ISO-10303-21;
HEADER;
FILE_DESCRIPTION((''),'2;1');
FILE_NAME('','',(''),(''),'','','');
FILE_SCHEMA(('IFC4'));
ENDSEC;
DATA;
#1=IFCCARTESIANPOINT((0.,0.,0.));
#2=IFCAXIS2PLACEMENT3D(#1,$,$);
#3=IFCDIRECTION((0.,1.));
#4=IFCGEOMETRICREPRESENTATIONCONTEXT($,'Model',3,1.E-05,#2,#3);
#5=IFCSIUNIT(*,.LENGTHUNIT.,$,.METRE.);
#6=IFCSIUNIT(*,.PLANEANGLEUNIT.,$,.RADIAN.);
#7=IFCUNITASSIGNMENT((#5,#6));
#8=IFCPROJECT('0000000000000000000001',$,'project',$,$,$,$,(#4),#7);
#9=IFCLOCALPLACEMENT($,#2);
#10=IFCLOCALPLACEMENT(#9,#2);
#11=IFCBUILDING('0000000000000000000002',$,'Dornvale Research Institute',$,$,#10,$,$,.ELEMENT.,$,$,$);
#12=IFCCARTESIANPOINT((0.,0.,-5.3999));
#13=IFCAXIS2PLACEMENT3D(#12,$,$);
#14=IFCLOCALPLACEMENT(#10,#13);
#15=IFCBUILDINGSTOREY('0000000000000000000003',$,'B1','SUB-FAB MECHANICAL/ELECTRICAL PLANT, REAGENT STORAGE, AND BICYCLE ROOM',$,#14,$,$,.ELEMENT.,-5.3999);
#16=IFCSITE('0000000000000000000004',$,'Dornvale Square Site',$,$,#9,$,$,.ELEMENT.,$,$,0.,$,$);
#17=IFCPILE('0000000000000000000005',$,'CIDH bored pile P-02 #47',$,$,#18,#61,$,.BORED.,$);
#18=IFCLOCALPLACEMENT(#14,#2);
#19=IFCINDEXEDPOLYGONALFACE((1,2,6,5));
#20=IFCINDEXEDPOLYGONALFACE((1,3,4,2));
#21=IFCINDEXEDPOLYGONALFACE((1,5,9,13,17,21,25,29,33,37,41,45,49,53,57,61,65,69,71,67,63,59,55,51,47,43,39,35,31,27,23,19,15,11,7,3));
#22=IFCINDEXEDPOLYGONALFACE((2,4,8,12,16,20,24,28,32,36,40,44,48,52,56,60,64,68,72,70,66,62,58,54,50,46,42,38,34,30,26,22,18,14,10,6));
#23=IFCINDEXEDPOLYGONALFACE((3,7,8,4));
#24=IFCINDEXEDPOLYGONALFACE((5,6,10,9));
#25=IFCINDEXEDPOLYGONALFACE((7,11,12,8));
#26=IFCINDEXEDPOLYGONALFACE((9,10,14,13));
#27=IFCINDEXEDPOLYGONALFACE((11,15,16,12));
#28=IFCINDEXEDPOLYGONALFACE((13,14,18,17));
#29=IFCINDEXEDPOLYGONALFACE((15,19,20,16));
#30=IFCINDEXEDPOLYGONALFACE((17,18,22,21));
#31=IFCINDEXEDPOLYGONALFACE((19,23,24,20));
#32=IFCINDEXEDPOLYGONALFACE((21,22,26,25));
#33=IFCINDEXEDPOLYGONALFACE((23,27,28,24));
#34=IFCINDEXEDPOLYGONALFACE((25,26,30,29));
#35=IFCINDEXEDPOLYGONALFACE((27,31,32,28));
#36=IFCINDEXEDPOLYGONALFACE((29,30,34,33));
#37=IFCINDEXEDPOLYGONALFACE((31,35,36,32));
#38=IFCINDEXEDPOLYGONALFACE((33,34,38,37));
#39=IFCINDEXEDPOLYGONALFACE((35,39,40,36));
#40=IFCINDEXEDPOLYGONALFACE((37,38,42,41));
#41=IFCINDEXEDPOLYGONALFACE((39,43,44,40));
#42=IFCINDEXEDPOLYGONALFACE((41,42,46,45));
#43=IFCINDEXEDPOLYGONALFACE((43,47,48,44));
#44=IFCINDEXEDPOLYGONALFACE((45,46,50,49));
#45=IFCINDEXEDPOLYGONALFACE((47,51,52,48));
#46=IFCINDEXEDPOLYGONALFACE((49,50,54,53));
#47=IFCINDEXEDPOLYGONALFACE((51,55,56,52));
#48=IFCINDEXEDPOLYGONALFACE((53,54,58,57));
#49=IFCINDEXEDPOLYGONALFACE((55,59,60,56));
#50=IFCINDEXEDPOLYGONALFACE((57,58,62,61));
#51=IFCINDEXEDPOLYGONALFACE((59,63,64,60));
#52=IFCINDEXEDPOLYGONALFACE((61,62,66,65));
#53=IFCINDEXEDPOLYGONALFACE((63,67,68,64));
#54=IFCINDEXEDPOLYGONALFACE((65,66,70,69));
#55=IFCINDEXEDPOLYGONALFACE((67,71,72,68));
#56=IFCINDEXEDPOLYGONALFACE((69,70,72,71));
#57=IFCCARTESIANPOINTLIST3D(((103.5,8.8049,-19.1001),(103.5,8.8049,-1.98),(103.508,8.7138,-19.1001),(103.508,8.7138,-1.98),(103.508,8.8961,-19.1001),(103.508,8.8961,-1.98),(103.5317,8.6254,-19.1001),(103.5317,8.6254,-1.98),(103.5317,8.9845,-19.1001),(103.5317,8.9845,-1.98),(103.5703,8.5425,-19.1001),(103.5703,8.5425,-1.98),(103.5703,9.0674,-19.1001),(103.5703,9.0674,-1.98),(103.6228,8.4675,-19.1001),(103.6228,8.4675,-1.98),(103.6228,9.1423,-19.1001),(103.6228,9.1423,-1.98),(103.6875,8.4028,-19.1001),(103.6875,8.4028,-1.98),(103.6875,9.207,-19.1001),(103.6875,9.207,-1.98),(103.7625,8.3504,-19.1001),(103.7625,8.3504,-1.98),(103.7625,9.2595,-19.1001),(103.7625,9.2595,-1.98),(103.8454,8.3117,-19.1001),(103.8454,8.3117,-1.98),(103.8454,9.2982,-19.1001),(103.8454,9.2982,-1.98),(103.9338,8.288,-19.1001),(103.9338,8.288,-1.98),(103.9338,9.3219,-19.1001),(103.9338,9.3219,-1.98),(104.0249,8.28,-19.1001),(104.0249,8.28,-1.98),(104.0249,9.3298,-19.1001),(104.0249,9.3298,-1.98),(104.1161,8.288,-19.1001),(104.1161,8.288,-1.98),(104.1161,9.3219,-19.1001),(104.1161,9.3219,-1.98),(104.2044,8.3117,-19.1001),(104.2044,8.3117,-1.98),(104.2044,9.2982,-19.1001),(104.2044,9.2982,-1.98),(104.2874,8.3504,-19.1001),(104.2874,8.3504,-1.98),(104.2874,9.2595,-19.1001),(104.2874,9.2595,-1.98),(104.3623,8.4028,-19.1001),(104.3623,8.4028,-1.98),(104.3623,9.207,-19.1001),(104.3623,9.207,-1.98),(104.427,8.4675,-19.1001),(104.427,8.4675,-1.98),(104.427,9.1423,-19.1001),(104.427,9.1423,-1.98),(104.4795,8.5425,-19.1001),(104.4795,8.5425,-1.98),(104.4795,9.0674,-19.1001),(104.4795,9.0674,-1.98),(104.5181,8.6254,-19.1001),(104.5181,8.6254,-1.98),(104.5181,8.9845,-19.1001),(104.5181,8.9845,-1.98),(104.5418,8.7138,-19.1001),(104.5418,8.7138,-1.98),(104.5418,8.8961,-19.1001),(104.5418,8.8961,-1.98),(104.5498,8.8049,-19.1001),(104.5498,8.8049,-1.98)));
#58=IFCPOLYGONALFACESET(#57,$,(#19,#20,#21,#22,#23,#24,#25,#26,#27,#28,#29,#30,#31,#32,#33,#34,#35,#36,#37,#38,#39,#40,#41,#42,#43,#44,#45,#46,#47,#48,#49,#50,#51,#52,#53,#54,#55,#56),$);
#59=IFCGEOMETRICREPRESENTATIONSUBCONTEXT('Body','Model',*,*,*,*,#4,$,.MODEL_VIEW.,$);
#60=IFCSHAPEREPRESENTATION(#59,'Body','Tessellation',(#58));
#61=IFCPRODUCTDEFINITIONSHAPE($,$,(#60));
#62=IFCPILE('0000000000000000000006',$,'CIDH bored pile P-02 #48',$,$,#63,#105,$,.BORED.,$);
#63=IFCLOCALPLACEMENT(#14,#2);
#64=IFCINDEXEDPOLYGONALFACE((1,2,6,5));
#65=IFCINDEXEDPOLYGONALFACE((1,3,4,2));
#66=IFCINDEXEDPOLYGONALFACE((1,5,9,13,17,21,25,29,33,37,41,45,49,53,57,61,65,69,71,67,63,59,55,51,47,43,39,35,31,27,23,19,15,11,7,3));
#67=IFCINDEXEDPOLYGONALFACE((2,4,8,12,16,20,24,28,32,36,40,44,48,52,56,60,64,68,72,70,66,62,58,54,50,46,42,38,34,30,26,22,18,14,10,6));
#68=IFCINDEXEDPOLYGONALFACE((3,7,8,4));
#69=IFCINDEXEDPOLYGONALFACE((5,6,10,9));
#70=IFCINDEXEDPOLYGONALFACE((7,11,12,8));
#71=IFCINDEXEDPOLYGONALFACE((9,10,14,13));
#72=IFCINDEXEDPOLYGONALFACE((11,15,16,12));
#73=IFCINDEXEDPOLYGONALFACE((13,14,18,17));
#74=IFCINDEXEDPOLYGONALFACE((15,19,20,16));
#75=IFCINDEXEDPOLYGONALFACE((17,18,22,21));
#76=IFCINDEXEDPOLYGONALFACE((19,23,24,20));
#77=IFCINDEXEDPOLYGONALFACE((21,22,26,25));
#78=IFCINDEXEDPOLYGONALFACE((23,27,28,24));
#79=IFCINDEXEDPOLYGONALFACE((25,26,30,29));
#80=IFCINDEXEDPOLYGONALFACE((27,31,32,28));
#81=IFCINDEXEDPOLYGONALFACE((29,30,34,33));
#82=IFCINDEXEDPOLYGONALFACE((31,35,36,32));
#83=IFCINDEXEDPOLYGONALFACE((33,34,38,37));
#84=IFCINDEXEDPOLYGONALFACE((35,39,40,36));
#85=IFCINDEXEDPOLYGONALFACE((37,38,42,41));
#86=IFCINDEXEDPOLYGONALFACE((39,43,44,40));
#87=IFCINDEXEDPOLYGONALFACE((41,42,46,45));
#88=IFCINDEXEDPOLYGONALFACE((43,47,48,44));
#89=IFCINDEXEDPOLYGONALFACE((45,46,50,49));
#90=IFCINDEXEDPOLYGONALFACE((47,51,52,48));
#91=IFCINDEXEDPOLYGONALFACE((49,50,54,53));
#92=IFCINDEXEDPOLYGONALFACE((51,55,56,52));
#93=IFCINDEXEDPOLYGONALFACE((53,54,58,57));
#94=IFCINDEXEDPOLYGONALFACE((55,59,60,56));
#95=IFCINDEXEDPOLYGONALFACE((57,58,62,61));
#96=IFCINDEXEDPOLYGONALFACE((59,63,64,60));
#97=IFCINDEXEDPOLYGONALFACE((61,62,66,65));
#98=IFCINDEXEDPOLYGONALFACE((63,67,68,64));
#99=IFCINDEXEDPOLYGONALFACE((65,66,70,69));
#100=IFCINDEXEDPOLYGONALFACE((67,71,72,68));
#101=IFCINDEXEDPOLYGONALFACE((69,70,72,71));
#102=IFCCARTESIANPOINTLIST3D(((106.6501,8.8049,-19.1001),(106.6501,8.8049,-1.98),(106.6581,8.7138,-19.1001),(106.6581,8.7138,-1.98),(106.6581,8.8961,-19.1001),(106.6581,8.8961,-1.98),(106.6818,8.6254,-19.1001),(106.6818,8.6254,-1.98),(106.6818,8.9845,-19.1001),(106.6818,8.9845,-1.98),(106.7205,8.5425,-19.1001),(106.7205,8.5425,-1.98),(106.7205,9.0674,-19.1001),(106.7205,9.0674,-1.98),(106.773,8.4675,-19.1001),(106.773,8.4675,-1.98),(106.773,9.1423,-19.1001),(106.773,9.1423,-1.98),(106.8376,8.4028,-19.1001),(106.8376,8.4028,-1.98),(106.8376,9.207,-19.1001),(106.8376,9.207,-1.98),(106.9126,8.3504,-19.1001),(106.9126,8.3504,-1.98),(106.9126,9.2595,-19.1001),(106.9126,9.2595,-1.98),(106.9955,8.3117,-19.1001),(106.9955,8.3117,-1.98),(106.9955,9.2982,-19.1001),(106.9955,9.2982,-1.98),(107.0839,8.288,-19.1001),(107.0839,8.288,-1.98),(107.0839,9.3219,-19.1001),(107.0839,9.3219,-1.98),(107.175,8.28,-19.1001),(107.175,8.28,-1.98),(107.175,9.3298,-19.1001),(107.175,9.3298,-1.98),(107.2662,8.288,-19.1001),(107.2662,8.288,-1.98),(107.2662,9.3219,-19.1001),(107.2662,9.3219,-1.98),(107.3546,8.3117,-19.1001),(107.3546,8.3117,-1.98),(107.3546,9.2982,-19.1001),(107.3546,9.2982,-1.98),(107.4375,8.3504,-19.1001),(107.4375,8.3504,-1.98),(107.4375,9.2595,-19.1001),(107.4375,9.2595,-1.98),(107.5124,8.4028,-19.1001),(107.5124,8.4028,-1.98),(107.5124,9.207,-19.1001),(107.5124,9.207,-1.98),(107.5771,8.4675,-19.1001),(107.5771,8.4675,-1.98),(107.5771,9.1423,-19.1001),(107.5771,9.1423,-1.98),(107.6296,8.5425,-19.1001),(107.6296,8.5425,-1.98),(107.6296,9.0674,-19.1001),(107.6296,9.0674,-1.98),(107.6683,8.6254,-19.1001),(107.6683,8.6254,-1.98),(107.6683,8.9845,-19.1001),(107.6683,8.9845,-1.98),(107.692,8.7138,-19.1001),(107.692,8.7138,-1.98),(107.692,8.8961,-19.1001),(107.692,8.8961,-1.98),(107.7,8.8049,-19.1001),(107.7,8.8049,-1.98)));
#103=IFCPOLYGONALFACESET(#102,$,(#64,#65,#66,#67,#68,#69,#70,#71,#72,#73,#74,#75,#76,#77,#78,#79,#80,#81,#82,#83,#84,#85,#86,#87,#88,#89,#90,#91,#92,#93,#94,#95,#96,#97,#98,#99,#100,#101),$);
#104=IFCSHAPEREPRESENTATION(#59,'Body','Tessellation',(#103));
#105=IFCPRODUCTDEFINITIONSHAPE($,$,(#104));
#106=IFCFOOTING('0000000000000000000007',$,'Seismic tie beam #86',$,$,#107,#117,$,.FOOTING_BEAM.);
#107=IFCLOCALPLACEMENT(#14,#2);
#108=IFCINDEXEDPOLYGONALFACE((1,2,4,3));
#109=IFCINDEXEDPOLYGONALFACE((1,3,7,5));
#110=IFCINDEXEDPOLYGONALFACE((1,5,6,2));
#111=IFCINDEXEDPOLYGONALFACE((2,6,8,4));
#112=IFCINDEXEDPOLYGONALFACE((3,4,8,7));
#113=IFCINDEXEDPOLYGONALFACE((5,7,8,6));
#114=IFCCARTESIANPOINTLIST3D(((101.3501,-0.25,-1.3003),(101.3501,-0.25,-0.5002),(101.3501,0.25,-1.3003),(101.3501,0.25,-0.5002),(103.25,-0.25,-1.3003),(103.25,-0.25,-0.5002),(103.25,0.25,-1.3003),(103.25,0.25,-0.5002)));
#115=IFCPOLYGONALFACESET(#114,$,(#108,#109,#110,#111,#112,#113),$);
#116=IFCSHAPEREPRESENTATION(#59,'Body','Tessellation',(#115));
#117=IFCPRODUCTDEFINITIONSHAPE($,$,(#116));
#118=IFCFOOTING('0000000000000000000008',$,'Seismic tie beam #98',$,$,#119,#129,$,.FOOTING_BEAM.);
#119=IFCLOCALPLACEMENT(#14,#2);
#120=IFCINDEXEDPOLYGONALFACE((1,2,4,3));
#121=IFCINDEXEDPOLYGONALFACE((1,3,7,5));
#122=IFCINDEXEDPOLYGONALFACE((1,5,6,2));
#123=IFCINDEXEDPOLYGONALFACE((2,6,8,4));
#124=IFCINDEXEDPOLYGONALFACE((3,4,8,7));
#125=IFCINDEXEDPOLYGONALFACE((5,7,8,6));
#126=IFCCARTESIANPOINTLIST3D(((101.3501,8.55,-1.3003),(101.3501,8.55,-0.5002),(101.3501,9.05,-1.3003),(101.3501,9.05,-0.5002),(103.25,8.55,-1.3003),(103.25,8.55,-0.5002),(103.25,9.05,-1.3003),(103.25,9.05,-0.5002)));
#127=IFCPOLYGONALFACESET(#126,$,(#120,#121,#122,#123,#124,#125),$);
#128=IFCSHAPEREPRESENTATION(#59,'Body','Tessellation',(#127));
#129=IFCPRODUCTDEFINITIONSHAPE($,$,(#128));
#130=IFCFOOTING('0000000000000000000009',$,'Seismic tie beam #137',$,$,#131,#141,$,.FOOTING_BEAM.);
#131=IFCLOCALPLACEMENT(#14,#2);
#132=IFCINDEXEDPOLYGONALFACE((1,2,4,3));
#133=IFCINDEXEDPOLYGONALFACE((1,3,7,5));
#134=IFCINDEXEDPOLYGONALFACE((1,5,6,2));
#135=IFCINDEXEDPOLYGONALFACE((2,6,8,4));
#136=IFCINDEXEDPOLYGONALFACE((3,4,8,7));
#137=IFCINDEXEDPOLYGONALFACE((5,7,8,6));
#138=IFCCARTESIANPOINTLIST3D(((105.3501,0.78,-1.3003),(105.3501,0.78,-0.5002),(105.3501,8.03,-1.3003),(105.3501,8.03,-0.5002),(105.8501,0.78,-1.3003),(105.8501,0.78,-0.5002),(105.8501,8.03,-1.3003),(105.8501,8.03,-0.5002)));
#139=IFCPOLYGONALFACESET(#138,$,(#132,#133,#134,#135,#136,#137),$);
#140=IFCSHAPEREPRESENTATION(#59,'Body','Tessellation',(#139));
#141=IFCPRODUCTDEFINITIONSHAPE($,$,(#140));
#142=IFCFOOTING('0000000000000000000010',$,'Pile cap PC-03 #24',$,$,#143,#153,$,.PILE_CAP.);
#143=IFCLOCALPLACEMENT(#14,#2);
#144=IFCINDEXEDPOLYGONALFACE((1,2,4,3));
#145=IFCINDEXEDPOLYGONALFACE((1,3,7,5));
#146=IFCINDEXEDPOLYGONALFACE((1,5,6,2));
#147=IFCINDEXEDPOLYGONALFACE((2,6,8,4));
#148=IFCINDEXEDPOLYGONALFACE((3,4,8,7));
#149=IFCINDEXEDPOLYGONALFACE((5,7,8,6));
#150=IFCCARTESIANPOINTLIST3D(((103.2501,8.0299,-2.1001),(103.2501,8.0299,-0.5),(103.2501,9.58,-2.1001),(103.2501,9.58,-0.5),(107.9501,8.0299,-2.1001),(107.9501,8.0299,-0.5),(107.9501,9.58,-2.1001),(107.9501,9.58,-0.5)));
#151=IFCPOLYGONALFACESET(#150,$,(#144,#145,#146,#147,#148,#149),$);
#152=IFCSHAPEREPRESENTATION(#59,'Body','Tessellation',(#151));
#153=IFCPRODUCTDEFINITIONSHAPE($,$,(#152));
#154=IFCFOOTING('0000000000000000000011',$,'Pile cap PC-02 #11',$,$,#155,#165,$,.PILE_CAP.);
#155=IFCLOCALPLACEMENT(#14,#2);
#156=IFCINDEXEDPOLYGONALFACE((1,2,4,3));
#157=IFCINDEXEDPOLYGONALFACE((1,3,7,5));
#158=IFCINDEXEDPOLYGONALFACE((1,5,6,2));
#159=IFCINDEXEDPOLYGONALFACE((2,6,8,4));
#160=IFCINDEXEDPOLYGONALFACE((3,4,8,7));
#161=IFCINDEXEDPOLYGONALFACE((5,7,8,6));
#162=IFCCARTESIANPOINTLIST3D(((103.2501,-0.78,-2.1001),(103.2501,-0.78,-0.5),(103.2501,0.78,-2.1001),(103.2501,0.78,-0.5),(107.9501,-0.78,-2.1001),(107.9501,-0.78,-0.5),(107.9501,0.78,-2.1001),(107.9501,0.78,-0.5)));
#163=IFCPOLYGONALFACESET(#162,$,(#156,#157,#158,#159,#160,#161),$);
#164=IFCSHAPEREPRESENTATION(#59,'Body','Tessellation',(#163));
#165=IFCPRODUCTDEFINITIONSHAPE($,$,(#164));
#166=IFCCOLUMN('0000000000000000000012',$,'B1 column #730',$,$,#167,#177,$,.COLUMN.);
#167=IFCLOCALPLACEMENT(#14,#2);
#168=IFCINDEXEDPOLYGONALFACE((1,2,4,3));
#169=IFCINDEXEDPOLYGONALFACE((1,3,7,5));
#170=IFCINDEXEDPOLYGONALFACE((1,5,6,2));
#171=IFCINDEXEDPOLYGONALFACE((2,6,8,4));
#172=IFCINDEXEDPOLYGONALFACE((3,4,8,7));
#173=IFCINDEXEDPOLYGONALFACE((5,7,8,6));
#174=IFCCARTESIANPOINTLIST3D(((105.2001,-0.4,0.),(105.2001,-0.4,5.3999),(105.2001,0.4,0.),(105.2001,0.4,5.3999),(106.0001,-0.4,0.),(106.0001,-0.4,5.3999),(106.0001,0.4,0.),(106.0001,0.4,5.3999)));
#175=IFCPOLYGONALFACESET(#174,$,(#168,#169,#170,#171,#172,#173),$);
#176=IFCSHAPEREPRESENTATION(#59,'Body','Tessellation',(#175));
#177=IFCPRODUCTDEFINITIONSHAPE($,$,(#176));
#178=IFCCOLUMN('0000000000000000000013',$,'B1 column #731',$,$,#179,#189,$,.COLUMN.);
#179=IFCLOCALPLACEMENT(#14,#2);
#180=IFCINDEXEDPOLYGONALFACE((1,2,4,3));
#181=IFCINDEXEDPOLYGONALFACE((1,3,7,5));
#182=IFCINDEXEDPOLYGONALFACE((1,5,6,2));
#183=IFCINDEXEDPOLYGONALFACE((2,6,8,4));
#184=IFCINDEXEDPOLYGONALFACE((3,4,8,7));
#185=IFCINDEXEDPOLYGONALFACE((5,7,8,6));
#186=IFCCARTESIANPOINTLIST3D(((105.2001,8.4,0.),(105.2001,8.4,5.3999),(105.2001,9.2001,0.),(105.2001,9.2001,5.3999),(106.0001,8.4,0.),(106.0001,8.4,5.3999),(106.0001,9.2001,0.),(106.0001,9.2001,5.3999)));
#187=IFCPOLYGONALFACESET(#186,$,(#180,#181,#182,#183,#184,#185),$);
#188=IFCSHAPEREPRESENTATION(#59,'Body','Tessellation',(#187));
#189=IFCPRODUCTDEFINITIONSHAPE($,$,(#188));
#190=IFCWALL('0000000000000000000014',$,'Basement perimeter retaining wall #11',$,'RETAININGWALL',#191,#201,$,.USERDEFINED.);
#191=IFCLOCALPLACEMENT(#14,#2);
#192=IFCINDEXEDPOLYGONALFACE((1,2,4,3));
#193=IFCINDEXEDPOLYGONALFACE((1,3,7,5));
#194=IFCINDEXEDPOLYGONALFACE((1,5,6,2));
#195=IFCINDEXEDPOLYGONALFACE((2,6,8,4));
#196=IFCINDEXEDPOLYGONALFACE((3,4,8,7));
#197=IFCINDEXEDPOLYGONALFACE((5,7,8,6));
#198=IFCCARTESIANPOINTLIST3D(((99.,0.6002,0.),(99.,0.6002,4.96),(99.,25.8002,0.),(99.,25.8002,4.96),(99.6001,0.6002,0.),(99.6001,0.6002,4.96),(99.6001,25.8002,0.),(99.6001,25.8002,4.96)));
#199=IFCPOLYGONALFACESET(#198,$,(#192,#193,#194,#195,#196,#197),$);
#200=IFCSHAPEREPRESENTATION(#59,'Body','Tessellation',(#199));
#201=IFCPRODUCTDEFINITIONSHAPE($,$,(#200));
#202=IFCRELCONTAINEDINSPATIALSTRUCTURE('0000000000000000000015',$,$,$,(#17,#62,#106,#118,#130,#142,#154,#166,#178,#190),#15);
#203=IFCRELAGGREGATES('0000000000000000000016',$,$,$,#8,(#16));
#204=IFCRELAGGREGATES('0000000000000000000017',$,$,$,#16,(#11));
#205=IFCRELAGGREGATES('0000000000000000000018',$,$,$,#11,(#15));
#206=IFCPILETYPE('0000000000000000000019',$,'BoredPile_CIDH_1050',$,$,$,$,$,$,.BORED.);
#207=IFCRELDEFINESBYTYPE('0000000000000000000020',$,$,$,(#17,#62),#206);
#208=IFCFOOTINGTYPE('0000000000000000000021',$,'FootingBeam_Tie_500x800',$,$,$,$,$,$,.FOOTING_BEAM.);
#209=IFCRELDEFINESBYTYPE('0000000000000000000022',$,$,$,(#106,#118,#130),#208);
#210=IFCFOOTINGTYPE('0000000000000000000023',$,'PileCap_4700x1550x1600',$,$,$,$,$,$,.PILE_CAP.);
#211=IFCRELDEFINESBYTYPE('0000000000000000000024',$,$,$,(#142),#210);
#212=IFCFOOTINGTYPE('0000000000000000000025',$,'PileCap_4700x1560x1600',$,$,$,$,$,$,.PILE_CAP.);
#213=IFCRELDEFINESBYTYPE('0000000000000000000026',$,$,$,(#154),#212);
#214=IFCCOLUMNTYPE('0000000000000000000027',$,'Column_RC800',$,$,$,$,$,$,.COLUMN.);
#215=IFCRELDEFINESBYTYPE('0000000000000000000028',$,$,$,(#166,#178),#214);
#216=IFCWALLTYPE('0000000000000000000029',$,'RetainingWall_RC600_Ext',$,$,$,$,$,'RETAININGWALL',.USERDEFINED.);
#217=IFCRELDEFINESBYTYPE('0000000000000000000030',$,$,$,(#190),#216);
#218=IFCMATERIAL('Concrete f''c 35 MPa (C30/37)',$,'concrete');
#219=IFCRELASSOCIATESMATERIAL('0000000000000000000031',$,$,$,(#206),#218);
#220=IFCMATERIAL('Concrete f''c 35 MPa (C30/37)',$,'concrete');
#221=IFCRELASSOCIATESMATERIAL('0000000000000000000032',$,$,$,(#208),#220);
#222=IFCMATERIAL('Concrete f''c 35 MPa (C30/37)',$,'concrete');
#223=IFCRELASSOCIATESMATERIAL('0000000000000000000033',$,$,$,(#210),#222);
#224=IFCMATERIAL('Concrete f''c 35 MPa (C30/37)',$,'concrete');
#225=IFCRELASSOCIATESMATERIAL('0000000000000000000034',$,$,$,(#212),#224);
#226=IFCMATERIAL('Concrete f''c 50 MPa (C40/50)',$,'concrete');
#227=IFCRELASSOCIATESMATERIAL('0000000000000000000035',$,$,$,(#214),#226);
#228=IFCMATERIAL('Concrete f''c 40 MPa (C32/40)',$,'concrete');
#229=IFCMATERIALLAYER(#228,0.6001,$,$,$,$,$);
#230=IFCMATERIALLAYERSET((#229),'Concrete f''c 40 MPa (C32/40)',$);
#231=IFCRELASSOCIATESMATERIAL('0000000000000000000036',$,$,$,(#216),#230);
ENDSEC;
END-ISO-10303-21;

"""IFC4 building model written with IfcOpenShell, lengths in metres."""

from ifc_helpers import new_model, si_unit, direction, frame, frame_2d, origin, origin_2d, place, context, subcontext, project, spatial, rectangle, circle, extrude, material, layer, layer_set, material_profile, profile_set, type_object, element, save


model = new_model("IFC4")

# Units and contexts
model_context = context("Model", 3, precision=1e-05, world=origin(), true_north=direction((0.0, 1.0)))
body_context = subcontext(model_context, "Body", "Model", "MODEL_VIEW")
ifc_project = project(units=[si_unit("LENGTHUNIT", "METRE"), si_unit("PLANEANGLEUNIT", "RADIAN")], contexts=[model_context])

# Site, building, storey
site_placement = place(None, origin())
site = spatial("IfcSite", under=ifc_project, at=site_placement, Name="Dornvale Square Site", CompositionType="ELEMENT", RefElevation=0.0)
building_placement = place(site_placement, origin())
building = spatial("IfcBuilding", under=site, at=building_placement, Name="Dornvale Research Institute", CompositionType="ELEMENT")
storey_placement = place(building_placement, frame((0.0, 0.0, -5.3999)))
storey = spatial("IfcBuildingStorey", under=building, at=storey_placement, Name="B1", Description="SUB-FAB MECHANICAL/ELECTRICAL PLANT, REAGENT STORAGE, AND BICYCLE ROOM", CompositionType="ELEMENT", Elevation=-5.3999)

# Piles
ifc_material_1 = material(Name="Concrete f'c 35 MPa (C30/37)", Category="concrete")
ifc_material_profile_1 = material_profile(ifc_material_1, circle(Radius=0.5249, at=origin_2d()), Name="CIDH PILE D1050")
ifc_profile_set_1 = profile_set([ifc_material_profile_1], Name="Concrete f'c 35 MPa (C30/37)")
pile_type = type_object("IfcPileType", Name="BoredPile_CIDH_1050", PredefinedType="BORED", material=ifc_profile_set_1)
for number, where, z_axis, x_axis, name in (
    (1, (104.0249, 8.8049, -1.98), (0.0, 0.0, -1.0), (1.0, 0.0, 0.0), "CIDH bored pile P-02 #47"),
    (2, (107.175, 8.8049, -1.98), (0.0, 0.0, -1.0), (1.0, 0.0, 0.0), "CIDH bored pile P-02 #48"),
):
    element("IfcPile", number, at=place(storey_placement, frame(where, z_axis=z_axis, x_axis=x_axis)), inside=storey, type_object=pile_type, Name=name, PredefinedType="BORED", context=body_context, shape_type="SweptSolid", body=[
        extrude(circle(Radius=0.5249, at=origin_2d()), origin(), (0.0, 0.0, 1.0), 17.1201),
    ])

# Footings
ifc_material_2 = material(Name="Concrete f'c 35 MPa (C30/37)", Category="concrete")
footing_type_1 = type_object("IfcFootingType", Name="FootingBeam_Tie_500x800", PredefinedType="FOOTING_BEAM", material=ifc_material_2)
for number, where, z_axis, x_axis, name in (
    (3, (102.3, 0.0, -1.3003), (0.0, 0.0, 1.0), (1.0, 0.0, 0.0), "Seismic tie beam #86"),
    (4, (102.3, 8.8, -1.3003), (0.0, 0.0, 1.0), (1.0, 0.0, 0.0), "Seismic tie beam #98"),
):
    element("IfcFooting", number, at=place(storey_placement, frame(where, z_axis=z_axis, x_axis=x_axis)), inside=storey, type_object=footing_type_1, Name=name, PredefinedType="FOOTING_BEAM", context=body_context, shape_type="SweptSolid", body=[
        extrude(rectangle(XDim=1.8999, YDim=0.5, at=origin_2d()), origin(), (0.0, 0.0, 1.0), 0.8),
    ])
footing_1_placement = place(storey_placement, frame((105.6001, 4.405, -1.3003), z_axis=(0.0, 0.0, 1.0), x_axis=(0.0, 1.0, 0.0)))
element("IfcFooting", 5, at=footing_1_placement, inside=storey, type_object=footing_type_1, Name="Seismic tie beam #137", PredefinedType="FOOTING_BEAM", context=body_context, shape_type="SweptSolid", body=[
    extrude(rectangle(XDim=7.25, YDim=0.5, at=origin_2d()), origin(), (0.0, 0.0, 1.0), 0.8),
])
ifc_material_3 = material(Name="Concrete f'c 35 MPa (C30/37)", Category="concrete")
footing_type_2 = type_object("IfcFootingType", Name="PileCap_4700x1550x1600", PredefinedType="PILE_CAP", material=ifc_material_3)
footing_2_placement = place(storey_placement, frame((105.6001, 8.8049, -2.1001), z_axis=(0.0, 0.0, 1.0), x_axis=(1.0, 0.0, 0.0)))
element("IfcFooting", 6, at=footing_2_placement, inside=storey, type_object=footing_type_2, Name="Pile cap PC-03 #24", PredefinedType="PILE_CAP", context=body_context, shape_type="SweptSolid", body=[
    extrude(rectangle(XDim=4.7, YDim=1.55, at=origin_2d()), origin(), (0.0, 0.0, 1.0), 1.6001),
])
ifc_material_4 = material(Name="Concrete f'c 35 MPa (C30/37)", Category="concrete")
footing_type_3 = type_object("IfcFootingType", Name="PileCap_4700x1560x1600", PredefinedType="PILE_CAP", material=ifc_material_4)
footing_3_placement = place(storey_placement, frame((105.6001, 0.0, -2.1001), z_axis=(0.0, 0.0, 1.0), x_axis=(1.0, 0.0, 0.0)))
element("IfcFooting", 7, at=footing_3_placement, inside=storey, type_object=footing_type_3, Name="Pile cap PC-02 #11", PredefinedType="PILE_CAP", context=body_context, shape_type="SweptSolid", body=[
    extrude(rectangle(XDim=4.7, YDim=1.5601, at=origin_2d()), origin(), (0.0, 0.0, 1.0), 1.6001),
])

# Columns
ifc_material_5 = material(Name="Concrete f'c 50 MPa (C40/50)", Category="concrete")
ifc_material_profile_2 = material_profile(ifc_material_5, rectangle(XDim=0.8, YDim=0.8, at=origin_2d()), Name="RC 800x800")
ifc_profile_set_2 = profile_set([ifc_material_profile_2], Name="Concrete f'c 50 MPa (C40/50)")
column_type = type_object("IfcColumnType", Name="Column_RC800", PredefinedType="COLUMN", material=ifc_profile_set_2)
for number, where, z_axis, x_axis, name in (
    (8, (105.6001, 0.0, 0.0), (0.0, 0.0, 1.0), (1.0, 0.0, 0.0), "B1 column #730"),
    (9, (105.6001, 8.8, 0.0), (0.0, 0.0, 1.0), (1.0, 0.0, 0.0), "B1 column #731"),
):
    element("IfcColumn", number, at=place(storey_placement, frame(where, z_axis=z_axis, x_axis=x_axis)), inside=storey, type_object=column_type, Name=name, PredefinedType="COLUMN", context=body_context, shape_type="SweptSolid", body=[
        extrude(rectangle(XDim=0.8, YDim=0.8, at=origin_2d()), origin(), (0.0, 0.0, 1.0), 5.3999),
    ])

# Wall
ifc_material_6 = material(Name="Concrete f'c 40 MPa (C32/40)", Category="concrete")
ifc_layer_1 = layer(ifc_material_6, 0.6001)
ifc_layer_set_1 = layer_set([ifc_layer_1], Name="Concrete f'c 40 MPa (C32/40)")
wall_type_1 = type_object("IfcWallType", Name="RetainingWall_RC600_Ext", ElementType="RETAININGWALL", PredefinedType="USERDEFINED", material=ifc_layer_set_1)
wall_1_placement = place(storey_placement, frame((99.3, 0.6001, 0.0), z_axis=(0.0, 0.0, 1.0), x_axis=(0.0, 1.0, 0.0)))
element("IfcWall", 10, at=wall_1_placement, inside=storey, type_object=wall_type_1, Name="Basement perimeter retaining wall #11", ObjectType="RETAININGWALL", PredefinedType="USERDEFINED", context=body_context, shape_type="SweptSolid", body=[
    extrude(rectangle(XDim=25.2, YDim=0.6001, at=frame_2d((12.6001, 0.0))), origin(), (0.0, 0.0, 1.0), 4.96),
])

save(model, "model.ifc")
